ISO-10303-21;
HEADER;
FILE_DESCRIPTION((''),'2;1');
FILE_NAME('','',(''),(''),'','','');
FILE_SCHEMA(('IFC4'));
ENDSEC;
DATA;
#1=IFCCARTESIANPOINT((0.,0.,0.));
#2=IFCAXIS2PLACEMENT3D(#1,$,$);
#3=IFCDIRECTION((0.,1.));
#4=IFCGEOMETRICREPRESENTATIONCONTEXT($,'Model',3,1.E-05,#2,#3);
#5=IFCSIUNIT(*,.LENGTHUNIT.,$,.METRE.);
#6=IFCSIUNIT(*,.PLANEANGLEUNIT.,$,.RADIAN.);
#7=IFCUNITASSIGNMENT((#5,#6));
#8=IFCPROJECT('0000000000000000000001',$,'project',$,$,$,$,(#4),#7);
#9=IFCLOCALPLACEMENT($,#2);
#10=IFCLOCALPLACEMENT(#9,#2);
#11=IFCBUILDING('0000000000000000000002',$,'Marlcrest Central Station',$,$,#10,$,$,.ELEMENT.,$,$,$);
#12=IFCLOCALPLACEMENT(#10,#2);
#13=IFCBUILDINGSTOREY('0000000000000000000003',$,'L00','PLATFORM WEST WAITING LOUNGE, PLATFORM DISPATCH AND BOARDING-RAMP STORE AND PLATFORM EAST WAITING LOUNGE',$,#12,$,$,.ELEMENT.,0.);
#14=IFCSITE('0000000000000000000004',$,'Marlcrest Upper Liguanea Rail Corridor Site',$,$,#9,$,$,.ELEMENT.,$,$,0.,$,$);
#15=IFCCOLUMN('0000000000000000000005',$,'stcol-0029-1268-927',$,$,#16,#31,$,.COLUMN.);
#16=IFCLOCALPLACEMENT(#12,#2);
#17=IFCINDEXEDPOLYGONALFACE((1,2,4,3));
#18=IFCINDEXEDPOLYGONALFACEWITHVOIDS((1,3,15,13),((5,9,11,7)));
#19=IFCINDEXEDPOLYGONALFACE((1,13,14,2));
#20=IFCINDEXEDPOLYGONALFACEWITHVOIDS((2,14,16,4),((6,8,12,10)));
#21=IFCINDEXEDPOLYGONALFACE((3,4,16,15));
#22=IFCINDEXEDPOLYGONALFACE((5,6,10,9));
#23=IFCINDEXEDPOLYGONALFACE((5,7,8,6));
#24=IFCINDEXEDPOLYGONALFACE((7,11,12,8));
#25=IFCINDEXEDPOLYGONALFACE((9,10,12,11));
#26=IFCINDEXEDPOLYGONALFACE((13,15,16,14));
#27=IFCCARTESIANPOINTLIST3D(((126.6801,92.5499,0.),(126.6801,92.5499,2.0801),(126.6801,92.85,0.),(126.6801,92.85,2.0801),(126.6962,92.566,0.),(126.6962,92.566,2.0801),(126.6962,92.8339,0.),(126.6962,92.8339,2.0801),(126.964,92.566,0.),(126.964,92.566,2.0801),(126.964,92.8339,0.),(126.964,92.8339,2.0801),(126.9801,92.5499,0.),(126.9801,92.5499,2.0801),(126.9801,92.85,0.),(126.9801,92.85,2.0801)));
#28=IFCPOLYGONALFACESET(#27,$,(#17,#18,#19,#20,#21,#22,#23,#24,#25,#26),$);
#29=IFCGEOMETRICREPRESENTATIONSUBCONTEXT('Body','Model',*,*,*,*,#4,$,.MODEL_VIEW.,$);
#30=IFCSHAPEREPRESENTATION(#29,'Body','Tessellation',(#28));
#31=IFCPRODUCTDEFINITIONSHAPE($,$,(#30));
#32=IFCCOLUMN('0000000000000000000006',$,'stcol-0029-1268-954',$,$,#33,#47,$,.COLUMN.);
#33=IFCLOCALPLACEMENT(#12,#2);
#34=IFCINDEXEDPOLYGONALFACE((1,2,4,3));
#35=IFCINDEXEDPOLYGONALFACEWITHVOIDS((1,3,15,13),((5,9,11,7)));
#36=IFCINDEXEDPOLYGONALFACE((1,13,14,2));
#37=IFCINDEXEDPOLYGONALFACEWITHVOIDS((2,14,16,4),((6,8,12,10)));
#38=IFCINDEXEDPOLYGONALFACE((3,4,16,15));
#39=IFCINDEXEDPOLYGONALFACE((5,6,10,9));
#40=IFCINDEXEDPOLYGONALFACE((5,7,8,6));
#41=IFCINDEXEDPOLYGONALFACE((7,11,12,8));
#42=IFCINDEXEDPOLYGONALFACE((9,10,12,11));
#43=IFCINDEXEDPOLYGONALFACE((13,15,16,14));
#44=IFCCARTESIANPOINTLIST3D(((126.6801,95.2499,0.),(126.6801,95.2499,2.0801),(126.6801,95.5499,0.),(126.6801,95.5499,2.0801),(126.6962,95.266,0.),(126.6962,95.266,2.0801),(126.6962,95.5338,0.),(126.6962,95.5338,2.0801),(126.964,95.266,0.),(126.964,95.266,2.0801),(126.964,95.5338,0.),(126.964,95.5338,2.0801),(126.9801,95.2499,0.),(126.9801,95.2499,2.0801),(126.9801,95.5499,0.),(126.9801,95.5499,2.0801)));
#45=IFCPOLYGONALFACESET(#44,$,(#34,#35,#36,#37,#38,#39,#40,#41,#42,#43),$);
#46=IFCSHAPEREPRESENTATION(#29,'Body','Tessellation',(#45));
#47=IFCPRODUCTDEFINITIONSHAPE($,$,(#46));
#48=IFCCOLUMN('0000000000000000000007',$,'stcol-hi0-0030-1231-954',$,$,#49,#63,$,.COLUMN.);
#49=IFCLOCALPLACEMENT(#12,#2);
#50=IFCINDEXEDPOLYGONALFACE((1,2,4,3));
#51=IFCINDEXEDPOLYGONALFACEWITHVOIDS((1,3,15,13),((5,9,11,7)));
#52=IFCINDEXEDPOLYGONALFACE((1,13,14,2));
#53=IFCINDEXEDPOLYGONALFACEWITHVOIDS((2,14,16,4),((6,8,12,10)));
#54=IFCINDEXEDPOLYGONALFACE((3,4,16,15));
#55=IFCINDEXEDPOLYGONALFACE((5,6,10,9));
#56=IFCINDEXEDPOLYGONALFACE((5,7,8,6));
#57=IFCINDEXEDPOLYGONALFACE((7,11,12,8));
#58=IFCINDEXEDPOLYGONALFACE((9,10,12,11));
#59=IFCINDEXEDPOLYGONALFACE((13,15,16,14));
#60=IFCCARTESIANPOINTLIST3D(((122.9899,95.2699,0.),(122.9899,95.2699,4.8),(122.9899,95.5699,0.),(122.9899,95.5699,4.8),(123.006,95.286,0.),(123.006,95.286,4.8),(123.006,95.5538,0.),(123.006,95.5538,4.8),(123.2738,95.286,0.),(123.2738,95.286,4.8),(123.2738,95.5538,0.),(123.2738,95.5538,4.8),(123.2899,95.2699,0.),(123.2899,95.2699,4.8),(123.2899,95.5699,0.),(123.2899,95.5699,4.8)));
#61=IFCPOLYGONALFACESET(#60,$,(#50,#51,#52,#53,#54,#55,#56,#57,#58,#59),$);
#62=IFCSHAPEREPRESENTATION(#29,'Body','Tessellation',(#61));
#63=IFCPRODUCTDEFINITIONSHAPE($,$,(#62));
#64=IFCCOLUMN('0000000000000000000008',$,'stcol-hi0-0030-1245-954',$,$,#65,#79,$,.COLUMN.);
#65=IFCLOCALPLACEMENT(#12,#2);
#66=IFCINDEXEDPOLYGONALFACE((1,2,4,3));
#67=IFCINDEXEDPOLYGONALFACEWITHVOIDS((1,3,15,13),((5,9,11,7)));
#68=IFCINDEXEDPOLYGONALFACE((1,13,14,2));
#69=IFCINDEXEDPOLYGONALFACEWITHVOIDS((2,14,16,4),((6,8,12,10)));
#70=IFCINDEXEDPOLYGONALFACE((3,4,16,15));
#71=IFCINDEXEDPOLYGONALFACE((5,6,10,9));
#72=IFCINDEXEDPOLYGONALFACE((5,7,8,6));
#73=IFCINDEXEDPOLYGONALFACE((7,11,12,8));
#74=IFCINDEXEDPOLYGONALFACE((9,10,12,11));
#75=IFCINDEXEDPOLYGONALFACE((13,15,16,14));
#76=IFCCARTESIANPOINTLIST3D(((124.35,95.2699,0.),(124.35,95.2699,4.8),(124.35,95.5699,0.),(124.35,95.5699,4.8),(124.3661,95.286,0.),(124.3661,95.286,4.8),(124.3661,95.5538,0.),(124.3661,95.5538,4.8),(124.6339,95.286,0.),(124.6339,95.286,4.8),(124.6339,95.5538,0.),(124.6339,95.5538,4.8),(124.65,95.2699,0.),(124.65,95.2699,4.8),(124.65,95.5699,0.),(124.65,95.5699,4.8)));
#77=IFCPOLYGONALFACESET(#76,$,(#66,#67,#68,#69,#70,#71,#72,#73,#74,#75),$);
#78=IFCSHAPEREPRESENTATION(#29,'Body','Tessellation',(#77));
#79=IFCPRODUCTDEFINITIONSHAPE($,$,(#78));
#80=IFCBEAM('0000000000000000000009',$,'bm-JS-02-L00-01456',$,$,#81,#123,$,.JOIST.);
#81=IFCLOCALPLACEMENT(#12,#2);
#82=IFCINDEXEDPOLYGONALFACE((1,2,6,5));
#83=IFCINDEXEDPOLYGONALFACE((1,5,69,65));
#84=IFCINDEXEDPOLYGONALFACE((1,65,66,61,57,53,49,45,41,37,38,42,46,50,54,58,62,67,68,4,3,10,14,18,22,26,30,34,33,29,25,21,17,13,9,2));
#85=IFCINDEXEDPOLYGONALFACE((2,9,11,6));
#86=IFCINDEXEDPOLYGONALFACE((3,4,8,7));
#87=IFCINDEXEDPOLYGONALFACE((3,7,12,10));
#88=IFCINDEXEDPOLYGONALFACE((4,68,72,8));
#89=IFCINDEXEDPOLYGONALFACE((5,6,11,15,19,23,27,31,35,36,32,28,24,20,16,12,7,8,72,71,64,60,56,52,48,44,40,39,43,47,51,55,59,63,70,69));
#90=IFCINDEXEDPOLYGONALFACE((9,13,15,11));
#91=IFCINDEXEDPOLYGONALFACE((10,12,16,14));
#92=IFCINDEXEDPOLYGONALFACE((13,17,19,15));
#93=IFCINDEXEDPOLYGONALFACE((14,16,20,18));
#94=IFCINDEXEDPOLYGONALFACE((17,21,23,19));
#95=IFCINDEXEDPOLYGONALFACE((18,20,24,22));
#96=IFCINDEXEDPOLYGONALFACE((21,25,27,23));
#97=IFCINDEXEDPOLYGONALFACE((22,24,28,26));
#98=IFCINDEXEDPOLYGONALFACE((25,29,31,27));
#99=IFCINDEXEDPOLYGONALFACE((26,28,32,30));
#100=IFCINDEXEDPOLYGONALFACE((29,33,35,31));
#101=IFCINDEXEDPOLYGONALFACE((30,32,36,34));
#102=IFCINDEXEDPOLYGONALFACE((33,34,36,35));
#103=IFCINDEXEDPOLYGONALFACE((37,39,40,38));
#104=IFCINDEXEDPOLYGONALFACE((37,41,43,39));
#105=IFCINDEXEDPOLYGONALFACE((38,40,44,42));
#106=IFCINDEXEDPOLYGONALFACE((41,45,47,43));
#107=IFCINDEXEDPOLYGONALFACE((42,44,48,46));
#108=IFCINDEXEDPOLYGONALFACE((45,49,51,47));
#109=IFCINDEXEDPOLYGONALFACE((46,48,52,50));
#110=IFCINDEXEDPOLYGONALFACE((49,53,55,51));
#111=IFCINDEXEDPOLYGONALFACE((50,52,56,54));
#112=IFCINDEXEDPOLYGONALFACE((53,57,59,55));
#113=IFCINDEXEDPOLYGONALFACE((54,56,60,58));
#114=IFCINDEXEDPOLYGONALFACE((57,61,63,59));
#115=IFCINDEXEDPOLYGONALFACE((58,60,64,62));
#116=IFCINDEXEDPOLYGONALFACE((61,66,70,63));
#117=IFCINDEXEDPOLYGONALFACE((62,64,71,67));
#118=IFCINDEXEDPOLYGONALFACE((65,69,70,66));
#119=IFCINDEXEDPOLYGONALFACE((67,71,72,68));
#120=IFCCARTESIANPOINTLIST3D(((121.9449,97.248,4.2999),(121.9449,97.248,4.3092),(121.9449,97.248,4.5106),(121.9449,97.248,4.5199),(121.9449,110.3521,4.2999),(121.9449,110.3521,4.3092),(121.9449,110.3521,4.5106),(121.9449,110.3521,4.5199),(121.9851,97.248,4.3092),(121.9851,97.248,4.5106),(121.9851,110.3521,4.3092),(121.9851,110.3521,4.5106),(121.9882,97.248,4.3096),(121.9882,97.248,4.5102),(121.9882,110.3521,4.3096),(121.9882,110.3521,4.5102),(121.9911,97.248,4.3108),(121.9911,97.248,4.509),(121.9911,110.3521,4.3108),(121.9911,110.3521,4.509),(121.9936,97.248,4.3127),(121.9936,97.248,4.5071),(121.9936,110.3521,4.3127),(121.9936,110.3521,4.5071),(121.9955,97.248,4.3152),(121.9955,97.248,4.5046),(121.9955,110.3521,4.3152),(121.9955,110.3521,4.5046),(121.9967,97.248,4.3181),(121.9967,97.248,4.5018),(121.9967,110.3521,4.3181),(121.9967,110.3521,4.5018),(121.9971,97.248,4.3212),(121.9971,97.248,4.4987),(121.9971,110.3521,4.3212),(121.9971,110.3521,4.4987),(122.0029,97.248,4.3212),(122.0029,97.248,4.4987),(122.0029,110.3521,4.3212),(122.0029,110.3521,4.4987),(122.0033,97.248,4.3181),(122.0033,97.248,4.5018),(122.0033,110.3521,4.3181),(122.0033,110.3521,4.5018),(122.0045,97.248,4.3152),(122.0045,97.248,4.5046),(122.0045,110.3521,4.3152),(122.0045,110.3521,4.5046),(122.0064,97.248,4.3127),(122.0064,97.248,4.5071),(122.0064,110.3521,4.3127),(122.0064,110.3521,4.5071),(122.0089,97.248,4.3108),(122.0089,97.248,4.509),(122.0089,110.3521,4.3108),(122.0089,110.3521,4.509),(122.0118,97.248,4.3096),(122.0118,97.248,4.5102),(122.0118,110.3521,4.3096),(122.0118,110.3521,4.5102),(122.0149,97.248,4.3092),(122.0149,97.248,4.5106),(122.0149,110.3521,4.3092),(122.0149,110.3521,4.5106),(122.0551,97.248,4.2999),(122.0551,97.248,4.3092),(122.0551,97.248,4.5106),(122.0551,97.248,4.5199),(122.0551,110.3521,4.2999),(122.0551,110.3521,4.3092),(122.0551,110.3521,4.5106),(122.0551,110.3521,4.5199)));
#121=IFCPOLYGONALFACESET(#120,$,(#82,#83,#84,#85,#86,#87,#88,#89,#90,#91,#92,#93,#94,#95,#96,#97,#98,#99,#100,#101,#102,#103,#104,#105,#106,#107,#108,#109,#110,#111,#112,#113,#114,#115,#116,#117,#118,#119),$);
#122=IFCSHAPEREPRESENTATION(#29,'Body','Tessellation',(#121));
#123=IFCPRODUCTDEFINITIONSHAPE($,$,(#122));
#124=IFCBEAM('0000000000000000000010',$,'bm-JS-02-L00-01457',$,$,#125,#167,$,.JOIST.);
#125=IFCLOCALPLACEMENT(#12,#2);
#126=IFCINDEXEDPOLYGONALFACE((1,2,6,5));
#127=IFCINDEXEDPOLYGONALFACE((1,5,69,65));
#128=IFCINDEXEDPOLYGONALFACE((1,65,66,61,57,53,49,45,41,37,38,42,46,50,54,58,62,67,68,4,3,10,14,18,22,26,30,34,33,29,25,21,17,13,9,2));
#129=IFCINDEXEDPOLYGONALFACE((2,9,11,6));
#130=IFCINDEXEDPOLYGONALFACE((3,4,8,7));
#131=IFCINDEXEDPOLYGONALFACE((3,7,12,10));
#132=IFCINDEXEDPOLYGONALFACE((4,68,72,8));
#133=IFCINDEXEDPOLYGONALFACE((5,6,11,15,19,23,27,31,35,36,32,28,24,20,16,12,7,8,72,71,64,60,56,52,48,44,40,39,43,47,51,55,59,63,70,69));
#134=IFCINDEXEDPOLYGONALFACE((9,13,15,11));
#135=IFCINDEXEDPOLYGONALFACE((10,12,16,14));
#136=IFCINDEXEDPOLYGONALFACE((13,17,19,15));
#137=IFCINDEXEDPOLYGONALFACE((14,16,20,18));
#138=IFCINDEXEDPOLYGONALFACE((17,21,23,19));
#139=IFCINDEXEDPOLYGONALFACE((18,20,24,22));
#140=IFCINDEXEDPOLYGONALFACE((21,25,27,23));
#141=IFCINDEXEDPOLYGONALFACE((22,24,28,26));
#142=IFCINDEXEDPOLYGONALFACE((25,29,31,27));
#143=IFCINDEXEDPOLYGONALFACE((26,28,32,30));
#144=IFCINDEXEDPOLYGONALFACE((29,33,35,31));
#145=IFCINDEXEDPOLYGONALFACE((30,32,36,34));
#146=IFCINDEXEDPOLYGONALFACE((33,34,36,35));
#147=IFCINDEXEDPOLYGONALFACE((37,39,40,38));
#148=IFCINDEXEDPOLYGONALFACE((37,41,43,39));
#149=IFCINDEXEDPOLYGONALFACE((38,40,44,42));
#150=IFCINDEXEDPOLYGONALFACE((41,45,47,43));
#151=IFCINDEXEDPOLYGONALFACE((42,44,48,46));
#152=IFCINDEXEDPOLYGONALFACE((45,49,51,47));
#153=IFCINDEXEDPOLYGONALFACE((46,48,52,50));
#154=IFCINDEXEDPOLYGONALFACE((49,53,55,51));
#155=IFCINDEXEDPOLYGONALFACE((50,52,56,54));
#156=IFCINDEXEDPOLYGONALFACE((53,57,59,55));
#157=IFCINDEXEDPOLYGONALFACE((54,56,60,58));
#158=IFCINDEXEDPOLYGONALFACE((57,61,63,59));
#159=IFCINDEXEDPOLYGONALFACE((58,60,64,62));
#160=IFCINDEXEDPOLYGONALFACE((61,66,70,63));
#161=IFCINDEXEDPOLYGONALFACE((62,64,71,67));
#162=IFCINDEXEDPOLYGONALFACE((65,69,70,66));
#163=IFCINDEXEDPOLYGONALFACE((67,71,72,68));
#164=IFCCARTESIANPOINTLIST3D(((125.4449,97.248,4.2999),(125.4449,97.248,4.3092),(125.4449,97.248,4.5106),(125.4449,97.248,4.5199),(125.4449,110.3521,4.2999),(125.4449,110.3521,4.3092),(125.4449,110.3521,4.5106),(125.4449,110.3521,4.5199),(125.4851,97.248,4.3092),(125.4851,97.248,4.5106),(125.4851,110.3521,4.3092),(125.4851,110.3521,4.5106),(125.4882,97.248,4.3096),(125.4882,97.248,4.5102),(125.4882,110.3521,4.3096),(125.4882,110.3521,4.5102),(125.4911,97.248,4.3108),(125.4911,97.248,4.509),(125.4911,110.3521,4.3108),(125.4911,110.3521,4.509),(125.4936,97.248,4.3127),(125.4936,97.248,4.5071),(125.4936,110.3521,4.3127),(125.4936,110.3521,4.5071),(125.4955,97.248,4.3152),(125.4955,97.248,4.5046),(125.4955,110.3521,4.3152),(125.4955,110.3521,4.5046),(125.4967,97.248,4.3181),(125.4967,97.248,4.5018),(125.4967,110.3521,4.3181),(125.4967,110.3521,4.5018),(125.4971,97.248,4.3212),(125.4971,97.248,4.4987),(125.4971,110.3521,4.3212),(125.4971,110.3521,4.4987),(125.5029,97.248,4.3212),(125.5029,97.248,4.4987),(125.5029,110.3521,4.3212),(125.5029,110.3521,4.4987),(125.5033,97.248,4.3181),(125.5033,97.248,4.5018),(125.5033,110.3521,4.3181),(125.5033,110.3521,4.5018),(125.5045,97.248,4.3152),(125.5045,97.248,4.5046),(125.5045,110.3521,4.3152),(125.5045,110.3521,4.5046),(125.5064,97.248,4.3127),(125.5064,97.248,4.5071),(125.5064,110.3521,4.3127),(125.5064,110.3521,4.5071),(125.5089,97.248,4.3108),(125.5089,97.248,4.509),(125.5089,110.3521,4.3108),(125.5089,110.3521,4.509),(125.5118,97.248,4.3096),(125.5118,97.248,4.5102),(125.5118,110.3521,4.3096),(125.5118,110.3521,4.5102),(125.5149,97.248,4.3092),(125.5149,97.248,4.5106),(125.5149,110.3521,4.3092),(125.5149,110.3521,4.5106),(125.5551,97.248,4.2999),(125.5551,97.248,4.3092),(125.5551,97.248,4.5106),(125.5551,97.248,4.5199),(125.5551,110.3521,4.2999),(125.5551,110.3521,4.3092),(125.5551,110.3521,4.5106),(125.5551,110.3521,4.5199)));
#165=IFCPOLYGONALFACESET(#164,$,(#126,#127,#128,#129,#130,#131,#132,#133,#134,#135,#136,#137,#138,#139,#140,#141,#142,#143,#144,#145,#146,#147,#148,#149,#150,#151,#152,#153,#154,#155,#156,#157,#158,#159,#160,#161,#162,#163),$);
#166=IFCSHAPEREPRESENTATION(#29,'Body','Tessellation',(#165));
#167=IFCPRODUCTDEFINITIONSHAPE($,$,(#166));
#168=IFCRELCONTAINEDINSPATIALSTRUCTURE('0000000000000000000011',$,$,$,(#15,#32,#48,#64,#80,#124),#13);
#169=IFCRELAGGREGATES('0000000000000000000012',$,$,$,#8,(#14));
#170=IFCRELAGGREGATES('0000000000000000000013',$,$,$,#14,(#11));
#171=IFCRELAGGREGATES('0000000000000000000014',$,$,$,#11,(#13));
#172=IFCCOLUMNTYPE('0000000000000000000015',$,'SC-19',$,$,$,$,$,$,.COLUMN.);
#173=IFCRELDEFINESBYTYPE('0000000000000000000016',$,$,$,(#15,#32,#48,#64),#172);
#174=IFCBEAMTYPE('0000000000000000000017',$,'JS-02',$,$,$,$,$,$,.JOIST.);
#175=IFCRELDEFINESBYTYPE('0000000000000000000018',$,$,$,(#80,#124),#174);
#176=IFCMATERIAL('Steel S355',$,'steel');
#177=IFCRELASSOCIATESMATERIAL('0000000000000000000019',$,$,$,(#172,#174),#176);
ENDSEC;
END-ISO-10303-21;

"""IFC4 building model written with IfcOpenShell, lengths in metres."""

from ifc_helpers import new_model, si_unit, direction, frame, origin, origin_2d, place, context, subcontext, project, spatial, hollow_rectangle, i_section, extrude, material, material_profile, profile_set, type_object, element, save


model = new_model("IFC4")

# Units and contexts
model_context = context("Model", 3, precision=1e-05, world=origin(), true_north=direction((0.0, 1.0)))
body_context = subcontext(model_context, "Body", "Model", "MODEL_VIEW")
ifc_project = project(units=[si_unit("LENGTHUNIT", "METRE"), si_unit("PLANEANGLEUNIT", "RADIAN")], contexts=[model_context])

# Site, building, storey
site_placement = place(None, origin())
site = spatial("IfcSite", under=ifc_project, at=site_placement, Name="Marlcrest Upper Liguanea Rail Corridor Site", CompositionType="ELEMENT", RefElevation=0.0)
building_placement = place(site_placement, origin())
building = spatial("IfcBuilding", under=site, at=building_placement, Name="Marlcrest Central Station", CompositionType="ELEMENT")
storey_placement = place(building_placement, origin())
storey = spatial("IfcBuildingStorey", under=building, at=storey_placement, Name="L00", Description="PLATFORM WEST WAITING LOUNGE, PLATFORM DISPATCH AND BOARDING-RAMP STORE AND PLATFORM EAST WAITING LOUNGE", CompositionType="ELEMENT", Elevation=0.0)

# Columns
ifc_material_1 = material(Name="Steel S355", Category="steel")
ifc_material_profile_1 = material_profile(ifc_material_1, hollow_rectangle(XDim=0.3, YDim=0.3, WallThickness=0.0161, at=origin_2d()), Name="SHS 300x300x16")
ifc_profile_set_1 = profile_set([ifc_material_profile_1], Name="Steel S355")
column_type = type_object("IfcColumnType", Name="SC-19", PredefinedType="COLUMN", material=ifc_profile_set_1)
for number, where, z_axis, x_axis, name in (
    (1, (126.8301, 92.7, 0.0), (0.0, 0.0, 1.0), (1.0, 0.0, 0.0), "stcol-0029-1268-927"),
    (2, (126.8301, 95.3999, 0.0), (0.0, 0.0, 1.0), (1.0, 0.0, 0.0), "stcol-0029-1268-954"),
):
    element("IfcColumn", number, at=place(storey_placement, frame(where, z_axis=z_axis, x_axis=x_axis)), inside=storey, type_object=column_type, Name=name, PredefinedType="COLUMN", context=body_context, shape_type="SweptSolid", body=[
        extrude(hollow_rectangle(XDim=0.3, YDim=0.3, WallThickness=0.0161, at=origin_2d()), origin(), (0.0, 0.0, 1.0), 2.0801),
    ])
for number, where, z_axis, x_axis, name in (
    (3, (123.1399, 95.4199, 0.0), (0.0, 0.0, 1.0), (1.0, 0.0, 0.0), "stcol-hi0-0030-1231-954"),
    (4, (124.5, 95.4199, 0.0), (0.0, 0.0, 1.0), (1.0, 0.0, 0.0), "stcol-hi0-0030-1245-954"),
):
    element("IfcColumn", number, at=place(storey_placement, frame(where, z_axis=z_axis, x_axis=x_axis)), inside=storey, type_object=column_type, Name=name, PredefinedType="COLUMN", context=body_context, shape_type="SweptSolid", body=[
        extrude(hollow_rectangle(XDim=0.3, YDim=0.3, WallThickness=0.0161, at=origin_2d()), origin(), (0.0, 0.0, 1.0), 4.8),
    ])

# Beams
ifc_material_profile_2 = material_profile(ifc_material_1, i_section(OverallWidth=0.1101, OverallDepth=0.22, WebThickness=0.0059, FlangeThickness=0.0093, FilletRadius=0.012, at=origin_2d()), Name="IPE 220")
ifc_profile_set_2 = profile_set([ifc_material_profile_2], Name="Steel S355")
beam_type = type_object("IfcBeamType", Name="JS-02", PredefinedType="JOIST", material=ifc_profile_set_2)
for number, where, z_axis, x_axis, name in (
    (5, (122.0, 97.248, 4.4099), (0.0, 1.0, 0.0), (-1.0, 0.0, 0.0), "bm-JS-02-L00-01456"),
    (6, (125.5, 97.248, 4.4099), (0.0, 1.0, 0.0), (-1.0, 0.0, 0.0), "bm-JS-02-L00-01457"),
):
    element("IfcBeam", number, at=place(storey_placement, frame(where, z_axis=z_axis, x_axis=x_axis)), inside=storey, type_object=beam_type, Name=name, PredefinedType="JOIST", context=body_context, shape_type="SweptSolid", body=[
        extrude(i_section(OverallWidth=0.1101, OverallDepth=0.22, WebThickness=0.0059, FlangeThickness=0.0093, FilletRadius=0.012, at=origin_2d()), origin(), (0.0, 0.0, 1.0), 13.104),
    ])

save(model, "model.ifc")
